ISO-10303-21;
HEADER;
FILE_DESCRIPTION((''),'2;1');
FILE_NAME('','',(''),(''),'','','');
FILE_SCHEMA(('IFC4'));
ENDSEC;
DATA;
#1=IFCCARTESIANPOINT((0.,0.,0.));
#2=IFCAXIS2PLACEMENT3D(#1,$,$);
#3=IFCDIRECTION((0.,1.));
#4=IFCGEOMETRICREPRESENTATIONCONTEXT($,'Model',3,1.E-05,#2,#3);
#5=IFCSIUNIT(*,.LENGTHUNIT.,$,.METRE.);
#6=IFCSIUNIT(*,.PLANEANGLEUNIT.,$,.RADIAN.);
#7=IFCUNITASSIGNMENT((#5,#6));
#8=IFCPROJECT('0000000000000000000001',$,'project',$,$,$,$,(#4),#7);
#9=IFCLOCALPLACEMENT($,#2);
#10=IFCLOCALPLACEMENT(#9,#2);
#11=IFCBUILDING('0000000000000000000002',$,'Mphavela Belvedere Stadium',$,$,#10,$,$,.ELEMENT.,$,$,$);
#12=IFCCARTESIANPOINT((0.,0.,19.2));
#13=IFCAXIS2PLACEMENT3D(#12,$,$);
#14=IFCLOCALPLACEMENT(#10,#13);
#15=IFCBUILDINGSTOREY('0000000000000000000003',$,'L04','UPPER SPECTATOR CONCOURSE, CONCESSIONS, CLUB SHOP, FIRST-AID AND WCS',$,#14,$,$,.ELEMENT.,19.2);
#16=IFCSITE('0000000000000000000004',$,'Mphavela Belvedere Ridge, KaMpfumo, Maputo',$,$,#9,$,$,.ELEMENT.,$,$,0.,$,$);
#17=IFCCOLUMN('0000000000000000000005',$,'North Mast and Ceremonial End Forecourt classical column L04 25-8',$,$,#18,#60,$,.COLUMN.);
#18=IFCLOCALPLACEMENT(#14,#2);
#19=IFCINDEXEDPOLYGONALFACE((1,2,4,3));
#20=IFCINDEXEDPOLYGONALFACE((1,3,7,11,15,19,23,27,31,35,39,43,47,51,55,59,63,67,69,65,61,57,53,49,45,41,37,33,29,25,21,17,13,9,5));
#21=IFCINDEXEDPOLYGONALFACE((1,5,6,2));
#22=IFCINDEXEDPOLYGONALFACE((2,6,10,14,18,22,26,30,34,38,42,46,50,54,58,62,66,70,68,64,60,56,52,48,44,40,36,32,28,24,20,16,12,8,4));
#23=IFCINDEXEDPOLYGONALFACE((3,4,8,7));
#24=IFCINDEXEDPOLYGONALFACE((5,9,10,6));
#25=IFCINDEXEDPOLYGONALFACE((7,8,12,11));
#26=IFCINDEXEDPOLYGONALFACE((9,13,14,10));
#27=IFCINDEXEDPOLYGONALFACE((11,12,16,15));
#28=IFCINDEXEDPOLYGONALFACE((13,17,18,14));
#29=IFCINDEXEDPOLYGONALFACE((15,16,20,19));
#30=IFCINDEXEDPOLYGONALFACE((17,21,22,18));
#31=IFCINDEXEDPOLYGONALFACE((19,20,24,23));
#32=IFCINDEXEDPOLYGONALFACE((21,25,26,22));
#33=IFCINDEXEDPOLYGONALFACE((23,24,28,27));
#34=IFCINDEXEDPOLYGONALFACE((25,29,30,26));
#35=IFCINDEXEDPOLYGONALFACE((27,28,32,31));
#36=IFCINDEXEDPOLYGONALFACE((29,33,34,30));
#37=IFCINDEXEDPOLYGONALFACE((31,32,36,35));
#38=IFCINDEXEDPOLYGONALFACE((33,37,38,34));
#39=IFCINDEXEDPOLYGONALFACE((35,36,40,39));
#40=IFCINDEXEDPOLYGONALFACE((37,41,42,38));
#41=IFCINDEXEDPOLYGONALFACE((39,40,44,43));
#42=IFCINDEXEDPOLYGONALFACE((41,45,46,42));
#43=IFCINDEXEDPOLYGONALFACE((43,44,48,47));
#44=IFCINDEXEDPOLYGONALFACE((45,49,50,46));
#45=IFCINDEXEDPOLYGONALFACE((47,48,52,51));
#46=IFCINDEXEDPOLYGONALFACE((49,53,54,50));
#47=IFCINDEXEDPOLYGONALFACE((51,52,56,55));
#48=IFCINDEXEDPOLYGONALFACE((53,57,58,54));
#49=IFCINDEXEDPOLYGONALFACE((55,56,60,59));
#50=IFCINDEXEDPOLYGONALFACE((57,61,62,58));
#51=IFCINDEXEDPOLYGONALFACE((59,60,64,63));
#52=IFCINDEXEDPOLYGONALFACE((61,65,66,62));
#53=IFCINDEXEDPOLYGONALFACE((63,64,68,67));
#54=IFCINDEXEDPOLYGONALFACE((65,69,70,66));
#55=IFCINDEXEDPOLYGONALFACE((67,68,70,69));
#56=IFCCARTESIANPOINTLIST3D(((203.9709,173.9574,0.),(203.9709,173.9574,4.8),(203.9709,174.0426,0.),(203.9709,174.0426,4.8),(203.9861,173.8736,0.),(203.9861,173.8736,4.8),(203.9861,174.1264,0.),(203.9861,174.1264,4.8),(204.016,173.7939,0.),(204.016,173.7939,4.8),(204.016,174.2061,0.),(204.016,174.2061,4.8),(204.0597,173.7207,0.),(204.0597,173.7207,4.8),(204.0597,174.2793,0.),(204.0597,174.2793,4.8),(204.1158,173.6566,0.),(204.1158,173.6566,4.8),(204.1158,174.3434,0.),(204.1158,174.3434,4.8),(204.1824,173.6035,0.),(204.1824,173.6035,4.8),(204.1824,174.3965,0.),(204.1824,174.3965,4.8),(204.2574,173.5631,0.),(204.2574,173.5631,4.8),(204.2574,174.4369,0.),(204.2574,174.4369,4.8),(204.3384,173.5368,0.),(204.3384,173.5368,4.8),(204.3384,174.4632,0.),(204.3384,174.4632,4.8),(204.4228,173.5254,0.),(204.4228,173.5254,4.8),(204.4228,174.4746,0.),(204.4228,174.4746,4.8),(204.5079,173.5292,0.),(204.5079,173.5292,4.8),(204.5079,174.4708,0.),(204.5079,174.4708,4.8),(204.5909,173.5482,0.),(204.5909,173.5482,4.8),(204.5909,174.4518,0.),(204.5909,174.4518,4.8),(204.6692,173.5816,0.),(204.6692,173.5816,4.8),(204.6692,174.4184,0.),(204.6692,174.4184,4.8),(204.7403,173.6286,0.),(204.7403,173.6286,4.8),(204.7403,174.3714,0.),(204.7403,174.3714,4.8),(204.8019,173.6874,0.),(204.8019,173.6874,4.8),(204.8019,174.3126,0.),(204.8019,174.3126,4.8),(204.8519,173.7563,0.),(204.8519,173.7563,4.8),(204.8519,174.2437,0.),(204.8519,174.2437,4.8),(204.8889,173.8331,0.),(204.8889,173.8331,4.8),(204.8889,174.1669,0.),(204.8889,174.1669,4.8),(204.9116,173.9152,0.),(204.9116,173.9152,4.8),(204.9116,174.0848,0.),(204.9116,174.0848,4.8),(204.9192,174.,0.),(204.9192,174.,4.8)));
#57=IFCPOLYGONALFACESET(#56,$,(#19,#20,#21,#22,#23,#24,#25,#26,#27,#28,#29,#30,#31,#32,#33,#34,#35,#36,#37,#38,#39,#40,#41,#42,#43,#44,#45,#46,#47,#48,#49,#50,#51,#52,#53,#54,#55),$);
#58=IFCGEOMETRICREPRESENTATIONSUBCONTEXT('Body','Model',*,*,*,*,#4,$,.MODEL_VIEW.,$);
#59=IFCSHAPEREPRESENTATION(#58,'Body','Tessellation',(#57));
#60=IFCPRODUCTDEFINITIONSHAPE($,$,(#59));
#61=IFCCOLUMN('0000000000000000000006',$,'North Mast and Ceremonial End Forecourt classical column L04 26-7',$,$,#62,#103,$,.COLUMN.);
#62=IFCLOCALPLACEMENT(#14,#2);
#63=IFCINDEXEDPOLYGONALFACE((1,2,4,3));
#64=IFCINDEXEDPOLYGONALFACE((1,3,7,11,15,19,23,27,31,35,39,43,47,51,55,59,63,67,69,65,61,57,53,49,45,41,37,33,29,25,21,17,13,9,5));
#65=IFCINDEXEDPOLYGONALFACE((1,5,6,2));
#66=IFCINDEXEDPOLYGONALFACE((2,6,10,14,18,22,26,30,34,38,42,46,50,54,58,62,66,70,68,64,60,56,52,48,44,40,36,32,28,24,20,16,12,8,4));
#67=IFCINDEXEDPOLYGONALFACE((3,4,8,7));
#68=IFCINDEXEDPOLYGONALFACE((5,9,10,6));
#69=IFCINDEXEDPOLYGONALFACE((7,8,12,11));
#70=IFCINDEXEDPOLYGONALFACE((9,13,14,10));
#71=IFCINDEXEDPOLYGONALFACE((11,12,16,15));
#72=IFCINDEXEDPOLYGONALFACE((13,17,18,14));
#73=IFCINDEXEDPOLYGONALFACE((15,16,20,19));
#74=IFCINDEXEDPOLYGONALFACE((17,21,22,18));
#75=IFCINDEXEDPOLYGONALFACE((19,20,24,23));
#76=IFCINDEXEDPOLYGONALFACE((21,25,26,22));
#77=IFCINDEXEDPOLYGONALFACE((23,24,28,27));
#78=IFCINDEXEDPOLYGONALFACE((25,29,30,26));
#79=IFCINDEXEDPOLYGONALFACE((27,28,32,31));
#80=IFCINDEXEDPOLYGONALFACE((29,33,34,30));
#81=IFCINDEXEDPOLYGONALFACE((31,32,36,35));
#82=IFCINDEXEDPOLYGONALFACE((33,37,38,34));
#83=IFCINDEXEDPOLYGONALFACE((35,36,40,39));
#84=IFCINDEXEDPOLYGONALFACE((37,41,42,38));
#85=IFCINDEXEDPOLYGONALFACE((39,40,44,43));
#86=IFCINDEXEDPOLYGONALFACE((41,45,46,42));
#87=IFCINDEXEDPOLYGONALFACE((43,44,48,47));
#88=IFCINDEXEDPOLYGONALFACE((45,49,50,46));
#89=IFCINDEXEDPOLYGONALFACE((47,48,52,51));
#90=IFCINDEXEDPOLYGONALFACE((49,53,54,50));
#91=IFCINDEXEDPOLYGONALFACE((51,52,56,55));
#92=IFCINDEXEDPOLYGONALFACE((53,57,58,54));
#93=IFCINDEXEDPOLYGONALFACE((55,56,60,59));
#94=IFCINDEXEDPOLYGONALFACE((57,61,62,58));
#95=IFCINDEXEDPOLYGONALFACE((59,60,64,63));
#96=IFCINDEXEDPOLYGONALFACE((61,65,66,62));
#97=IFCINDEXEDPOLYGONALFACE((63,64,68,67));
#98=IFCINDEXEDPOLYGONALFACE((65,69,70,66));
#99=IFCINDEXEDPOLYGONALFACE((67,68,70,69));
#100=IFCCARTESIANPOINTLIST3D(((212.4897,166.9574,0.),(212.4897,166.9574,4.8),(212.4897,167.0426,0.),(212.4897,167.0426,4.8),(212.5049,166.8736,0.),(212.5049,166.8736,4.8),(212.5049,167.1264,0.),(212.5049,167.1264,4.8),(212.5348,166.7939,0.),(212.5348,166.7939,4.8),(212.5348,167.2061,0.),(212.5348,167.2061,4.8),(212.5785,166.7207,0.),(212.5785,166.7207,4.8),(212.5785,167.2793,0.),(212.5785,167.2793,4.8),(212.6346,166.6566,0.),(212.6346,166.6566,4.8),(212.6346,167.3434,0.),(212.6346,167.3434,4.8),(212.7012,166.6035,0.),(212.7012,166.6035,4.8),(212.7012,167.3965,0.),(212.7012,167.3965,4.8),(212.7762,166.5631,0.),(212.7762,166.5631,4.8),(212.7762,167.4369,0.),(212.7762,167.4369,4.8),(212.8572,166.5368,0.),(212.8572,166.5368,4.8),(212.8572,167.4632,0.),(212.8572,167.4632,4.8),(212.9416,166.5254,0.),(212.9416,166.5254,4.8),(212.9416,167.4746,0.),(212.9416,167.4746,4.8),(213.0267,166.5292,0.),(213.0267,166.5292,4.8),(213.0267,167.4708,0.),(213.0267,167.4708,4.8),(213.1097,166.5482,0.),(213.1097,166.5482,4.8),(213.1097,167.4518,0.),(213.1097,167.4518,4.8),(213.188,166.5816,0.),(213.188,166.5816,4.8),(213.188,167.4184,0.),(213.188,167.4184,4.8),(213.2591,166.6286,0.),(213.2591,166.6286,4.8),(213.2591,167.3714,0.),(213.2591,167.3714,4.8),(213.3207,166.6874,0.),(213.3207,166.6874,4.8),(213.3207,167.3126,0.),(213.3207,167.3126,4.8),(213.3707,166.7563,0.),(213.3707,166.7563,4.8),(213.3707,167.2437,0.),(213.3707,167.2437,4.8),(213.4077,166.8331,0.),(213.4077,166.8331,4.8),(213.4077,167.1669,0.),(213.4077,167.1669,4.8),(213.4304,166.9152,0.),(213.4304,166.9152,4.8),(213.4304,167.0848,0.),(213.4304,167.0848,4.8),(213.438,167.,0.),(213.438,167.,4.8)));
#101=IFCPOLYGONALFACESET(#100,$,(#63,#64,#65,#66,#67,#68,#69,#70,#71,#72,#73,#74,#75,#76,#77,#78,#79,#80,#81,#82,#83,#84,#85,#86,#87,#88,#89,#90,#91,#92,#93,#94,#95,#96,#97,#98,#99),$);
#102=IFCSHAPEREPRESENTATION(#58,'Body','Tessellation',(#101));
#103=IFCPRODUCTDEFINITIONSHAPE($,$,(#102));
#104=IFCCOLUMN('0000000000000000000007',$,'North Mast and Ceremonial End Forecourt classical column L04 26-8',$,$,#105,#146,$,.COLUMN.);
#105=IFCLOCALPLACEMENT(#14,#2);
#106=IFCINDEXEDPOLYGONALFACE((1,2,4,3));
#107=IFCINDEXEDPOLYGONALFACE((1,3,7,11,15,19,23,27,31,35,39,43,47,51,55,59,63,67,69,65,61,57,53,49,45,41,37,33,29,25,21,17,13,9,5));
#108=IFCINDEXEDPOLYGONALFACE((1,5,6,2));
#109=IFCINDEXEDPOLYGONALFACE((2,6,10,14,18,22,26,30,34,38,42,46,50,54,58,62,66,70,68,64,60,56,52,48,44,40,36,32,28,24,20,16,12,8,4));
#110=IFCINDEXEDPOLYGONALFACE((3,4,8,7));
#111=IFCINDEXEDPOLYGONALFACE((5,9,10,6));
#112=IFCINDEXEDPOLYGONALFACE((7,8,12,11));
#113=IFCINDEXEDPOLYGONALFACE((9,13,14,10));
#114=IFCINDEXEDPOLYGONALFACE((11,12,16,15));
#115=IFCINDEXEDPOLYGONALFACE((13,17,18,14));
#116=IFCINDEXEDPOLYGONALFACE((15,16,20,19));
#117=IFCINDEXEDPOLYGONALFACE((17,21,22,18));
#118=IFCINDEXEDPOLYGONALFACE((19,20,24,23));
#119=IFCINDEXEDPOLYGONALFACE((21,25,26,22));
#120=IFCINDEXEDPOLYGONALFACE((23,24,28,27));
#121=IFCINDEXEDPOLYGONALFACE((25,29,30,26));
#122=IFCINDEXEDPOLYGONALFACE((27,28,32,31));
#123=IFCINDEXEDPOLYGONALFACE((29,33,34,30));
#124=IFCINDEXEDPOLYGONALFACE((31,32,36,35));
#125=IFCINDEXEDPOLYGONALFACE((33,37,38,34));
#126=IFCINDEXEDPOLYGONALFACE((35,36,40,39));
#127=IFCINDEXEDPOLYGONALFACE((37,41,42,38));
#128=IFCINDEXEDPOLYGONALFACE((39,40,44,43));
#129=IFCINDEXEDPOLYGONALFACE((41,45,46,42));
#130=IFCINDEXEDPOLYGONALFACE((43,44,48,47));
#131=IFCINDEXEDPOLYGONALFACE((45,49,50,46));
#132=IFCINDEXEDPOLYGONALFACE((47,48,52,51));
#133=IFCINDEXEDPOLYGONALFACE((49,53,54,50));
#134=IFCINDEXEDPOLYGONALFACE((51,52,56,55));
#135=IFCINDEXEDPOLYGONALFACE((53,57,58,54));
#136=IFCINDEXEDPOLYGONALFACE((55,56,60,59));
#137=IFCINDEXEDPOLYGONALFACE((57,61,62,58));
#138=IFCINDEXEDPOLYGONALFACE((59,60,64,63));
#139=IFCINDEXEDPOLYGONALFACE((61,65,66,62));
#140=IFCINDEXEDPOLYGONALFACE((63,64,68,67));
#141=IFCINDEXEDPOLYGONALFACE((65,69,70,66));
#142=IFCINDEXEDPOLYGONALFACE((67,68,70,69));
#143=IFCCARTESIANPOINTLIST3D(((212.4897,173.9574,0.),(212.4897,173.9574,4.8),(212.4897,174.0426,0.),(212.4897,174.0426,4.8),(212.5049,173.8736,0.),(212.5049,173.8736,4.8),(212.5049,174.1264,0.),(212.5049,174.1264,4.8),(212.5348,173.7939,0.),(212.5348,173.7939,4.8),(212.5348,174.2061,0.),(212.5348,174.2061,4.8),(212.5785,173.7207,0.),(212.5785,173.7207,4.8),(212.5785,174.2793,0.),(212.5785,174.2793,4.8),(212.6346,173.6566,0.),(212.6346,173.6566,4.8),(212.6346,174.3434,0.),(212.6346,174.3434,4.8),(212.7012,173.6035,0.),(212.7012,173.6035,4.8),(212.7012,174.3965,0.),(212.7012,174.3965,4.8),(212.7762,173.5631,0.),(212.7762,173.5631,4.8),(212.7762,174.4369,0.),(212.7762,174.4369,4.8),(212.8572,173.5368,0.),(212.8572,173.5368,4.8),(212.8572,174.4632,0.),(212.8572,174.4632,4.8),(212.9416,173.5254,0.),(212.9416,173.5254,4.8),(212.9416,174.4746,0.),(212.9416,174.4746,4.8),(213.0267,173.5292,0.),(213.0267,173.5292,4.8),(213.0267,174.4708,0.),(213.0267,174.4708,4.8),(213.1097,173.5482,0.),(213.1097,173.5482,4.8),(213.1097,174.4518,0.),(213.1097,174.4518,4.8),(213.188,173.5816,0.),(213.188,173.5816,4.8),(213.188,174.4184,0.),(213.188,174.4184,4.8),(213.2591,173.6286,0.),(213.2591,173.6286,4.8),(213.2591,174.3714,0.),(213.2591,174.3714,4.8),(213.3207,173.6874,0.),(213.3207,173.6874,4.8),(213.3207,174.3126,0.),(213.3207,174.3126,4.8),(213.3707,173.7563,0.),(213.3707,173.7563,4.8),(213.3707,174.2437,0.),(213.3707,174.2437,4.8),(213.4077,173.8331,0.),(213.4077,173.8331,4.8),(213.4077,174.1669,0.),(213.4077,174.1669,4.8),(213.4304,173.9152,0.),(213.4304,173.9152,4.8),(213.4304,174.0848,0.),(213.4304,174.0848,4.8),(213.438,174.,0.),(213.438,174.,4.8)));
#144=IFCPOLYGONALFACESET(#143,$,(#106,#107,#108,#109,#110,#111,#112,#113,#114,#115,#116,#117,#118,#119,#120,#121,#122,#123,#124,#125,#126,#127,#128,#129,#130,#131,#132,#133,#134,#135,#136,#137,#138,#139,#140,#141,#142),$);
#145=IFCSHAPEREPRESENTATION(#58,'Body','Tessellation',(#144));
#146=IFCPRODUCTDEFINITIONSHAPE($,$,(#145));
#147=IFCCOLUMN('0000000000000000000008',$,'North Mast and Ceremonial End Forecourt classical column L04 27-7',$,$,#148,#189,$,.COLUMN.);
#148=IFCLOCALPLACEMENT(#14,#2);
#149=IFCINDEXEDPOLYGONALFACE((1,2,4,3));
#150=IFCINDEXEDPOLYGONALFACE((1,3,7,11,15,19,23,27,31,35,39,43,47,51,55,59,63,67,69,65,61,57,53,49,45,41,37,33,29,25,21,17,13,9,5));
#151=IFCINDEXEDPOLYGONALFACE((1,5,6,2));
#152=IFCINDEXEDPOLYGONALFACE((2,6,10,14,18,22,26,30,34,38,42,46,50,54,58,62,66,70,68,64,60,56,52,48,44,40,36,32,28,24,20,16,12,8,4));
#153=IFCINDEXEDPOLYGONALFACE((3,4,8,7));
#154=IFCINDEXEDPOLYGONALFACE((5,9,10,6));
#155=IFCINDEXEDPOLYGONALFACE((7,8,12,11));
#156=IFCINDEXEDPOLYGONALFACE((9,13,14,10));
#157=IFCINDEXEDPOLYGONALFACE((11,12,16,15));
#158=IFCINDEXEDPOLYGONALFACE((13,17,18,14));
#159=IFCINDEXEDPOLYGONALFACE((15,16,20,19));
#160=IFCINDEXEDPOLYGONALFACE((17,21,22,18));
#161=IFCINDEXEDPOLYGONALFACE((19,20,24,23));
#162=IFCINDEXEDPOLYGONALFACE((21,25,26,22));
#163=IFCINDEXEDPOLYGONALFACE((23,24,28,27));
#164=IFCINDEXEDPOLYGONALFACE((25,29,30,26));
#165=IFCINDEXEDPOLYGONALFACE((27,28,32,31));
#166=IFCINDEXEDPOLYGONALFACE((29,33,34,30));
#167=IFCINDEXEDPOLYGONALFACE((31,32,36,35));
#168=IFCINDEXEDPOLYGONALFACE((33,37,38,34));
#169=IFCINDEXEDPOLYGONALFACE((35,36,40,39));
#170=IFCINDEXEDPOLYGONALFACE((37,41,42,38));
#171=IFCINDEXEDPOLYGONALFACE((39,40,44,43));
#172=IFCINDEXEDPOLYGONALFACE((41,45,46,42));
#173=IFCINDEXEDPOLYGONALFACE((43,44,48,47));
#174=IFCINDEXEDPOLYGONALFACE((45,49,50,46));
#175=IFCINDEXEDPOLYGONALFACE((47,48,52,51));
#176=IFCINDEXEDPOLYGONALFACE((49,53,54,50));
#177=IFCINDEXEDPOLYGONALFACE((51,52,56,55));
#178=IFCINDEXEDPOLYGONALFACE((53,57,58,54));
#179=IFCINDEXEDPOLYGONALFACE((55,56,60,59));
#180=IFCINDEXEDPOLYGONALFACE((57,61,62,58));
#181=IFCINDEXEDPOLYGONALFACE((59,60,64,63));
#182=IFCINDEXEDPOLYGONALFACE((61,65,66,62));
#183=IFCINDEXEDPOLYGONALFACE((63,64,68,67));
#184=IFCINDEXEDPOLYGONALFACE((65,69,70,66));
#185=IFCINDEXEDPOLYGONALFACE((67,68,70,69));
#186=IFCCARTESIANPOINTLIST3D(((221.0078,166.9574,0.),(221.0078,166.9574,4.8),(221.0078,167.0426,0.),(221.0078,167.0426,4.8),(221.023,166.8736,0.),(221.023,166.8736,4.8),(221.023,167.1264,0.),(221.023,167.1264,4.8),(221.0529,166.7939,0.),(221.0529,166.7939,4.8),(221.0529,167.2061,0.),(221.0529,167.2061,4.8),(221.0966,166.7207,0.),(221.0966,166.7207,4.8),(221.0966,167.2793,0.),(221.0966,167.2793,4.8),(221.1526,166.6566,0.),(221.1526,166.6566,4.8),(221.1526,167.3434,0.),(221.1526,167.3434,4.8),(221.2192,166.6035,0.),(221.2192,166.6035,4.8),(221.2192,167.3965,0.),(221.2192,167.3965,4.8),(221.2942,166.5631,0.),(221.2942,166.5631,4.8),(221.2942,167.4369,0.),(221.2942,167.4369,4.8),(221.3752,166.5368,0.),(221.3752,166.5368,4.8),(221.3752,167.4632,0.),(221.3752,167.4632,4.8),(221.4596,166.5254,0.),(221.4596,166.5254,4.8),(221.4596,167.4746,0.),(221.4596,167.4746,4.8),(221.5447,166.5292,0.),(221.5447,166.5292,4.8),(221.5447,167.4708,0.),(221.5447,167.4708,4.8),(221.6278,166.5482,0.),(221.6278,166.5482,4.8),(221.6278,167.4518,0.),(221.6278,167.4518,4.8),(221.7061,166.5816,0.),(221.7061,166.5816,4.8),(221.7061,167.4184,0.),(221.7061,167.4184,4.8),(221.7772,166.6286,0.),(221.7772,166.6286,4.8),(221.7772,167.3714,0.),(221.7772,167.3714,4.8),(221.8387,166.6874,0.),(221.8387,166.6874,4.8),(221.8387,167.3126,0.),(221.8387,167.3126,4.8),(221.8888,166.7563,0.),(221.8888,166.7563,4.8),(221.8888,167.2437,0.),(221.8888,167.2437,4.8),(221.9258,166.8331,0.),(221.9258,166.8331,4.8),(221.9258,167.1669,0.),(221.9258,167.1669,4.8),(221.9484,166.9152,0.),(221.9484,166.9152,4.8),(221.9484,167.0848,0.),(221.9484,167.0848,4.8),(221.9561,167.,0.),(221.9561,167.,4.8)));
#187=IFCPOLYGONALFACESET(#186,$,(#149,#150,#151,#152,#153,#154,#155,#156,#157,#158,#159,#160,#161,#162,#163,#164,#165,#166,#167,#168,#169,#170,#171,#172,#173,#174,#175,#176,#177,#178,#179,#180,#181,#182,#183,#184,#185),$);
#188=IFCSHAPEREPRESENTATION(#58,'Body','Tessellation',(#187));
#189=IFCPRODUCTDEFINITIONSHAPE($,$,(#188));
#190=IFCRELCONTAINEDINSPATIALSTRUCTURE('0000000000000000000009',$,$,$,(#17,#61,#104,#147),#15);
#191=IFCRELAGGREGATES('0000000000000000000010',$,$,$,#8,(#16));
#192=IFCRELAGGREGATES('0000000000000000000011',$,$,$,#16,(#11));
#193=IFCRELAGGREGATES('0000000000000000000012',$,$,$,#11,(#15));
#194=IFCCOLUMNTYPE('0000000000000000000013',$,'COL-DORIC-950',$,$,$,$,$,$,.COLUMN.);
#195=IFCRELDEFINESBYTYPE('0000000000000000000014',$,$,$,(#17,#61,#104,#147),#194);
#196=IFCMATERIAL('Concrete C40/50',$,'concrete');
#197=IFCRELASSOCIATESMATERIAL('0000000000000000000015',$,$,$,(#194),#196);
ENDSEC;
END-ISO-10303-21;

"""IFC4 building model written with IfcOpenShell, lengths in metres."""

from ifc_helpers import new_model, si_unit, direction, frame, origin, origin_2d, place, context, subcontext, project, spatial, circle, extrude, material, material_profile, profile_set, type_object, element, save


model = new_model("IFC4")

# Units and contexts
model_context = context("Model", 3, precision=1e-05, world=origin(), true_north=direction((0.0, 1.0)))
body_context = subcontext(model_context, "Body", "Model", "MODEL_VIEW")
ifc_project = project(units=[si_unit("LENGTHUNIT", "METRE"), si_unit("PLANEANGLEUNIT", "RADIAN")], contexts=[model_context])

# Site, building, storey
site_placement = place(None, origin())
site = spatial("IfcSite", under=ifc_project, at=site_placement, Name="Mphavela Belvedere Ridge, KaMpfumo, Maputo", CompositionType="ELEMENT", RefElevation=0.0)
building_placement = place(site_placement, origin())
building = spatial("IfcBuilding", under=site, at=building_placement, Name="Mphavela Belvedere Stadium", CompositionType="ELEMENT")
storey_placement = place(building_placement, frame((0.0, 0.0, 19.2)))
storey = spatial("IfcBuildingStorey", under=building, at=storey_placement, Name="L04", Description="UPPER SPECTATOR CONCOURSE, CONCESSIONS, CLUB SHOP, FIRST-AID AND WCS", CompositionType="ELEMENT", Elevation=19.2)

# Columns
ifc_material_1 = material(Name="Concrete C40/50", Category="concrete")
ifc_material_profile_1 = material_profile(ifc_material_1, circle(Radius=0.4751, at=origin_2d()), Name="COL D950")
ifc_profile_set_1 = profile_set([ifc_material_profile_1], Name="Concrete C40/50")
column_type = type_object("IfcColumnType", Name="COL-DORIC-950", PredefinedType="COLUMN", material=ifc_profile_set_1)
for number, where, z_axis, x_axis, name in (
    (1, (204.4441, 174.0, 0.0), (0.0, 0.0, 1.0), (1.0, 0.0, 0.0), "North Mast and Ceremonial End Forecourt classical column L04 25-8"),
    (2, (212.9629, 167.0, 0.0), (0.0, 0.0, 1.0), (1.0, 0.0, 0.0), "North Mast and Ceremonial End Forecourt classical column L04 26-7"),
    (3, (212.9629, 174.0, 0.0), (0.0, 0.0, 1.0), (1.0, 0.0, 0.0), "North Mast and Ceremonial End Forecourt classical column L04 26-8"),
    (4, (221.481, 167.0, 0.0), (0.0, 0.0, 1.0), (1.0, 0.0, 0.0), "North Mast and Ceremonial End Forecourt classical column L04 27-7"),
):
    element("IfcColumn", number, at=place(storey_placement, frame(where, z_axis=z_axis, x_axis=x_axis)), inside=storey, type_object=column_type, Name=name, PredefinedType="COLUMN", context=body_context, shape_type="SweptSolid", body=[
        extrude(circle(Radius=0.4751, at=origin_2d()), origin(), (0.0, 0.0, 1.0), 4.8),
    ])

save(model, "model.ifc")
